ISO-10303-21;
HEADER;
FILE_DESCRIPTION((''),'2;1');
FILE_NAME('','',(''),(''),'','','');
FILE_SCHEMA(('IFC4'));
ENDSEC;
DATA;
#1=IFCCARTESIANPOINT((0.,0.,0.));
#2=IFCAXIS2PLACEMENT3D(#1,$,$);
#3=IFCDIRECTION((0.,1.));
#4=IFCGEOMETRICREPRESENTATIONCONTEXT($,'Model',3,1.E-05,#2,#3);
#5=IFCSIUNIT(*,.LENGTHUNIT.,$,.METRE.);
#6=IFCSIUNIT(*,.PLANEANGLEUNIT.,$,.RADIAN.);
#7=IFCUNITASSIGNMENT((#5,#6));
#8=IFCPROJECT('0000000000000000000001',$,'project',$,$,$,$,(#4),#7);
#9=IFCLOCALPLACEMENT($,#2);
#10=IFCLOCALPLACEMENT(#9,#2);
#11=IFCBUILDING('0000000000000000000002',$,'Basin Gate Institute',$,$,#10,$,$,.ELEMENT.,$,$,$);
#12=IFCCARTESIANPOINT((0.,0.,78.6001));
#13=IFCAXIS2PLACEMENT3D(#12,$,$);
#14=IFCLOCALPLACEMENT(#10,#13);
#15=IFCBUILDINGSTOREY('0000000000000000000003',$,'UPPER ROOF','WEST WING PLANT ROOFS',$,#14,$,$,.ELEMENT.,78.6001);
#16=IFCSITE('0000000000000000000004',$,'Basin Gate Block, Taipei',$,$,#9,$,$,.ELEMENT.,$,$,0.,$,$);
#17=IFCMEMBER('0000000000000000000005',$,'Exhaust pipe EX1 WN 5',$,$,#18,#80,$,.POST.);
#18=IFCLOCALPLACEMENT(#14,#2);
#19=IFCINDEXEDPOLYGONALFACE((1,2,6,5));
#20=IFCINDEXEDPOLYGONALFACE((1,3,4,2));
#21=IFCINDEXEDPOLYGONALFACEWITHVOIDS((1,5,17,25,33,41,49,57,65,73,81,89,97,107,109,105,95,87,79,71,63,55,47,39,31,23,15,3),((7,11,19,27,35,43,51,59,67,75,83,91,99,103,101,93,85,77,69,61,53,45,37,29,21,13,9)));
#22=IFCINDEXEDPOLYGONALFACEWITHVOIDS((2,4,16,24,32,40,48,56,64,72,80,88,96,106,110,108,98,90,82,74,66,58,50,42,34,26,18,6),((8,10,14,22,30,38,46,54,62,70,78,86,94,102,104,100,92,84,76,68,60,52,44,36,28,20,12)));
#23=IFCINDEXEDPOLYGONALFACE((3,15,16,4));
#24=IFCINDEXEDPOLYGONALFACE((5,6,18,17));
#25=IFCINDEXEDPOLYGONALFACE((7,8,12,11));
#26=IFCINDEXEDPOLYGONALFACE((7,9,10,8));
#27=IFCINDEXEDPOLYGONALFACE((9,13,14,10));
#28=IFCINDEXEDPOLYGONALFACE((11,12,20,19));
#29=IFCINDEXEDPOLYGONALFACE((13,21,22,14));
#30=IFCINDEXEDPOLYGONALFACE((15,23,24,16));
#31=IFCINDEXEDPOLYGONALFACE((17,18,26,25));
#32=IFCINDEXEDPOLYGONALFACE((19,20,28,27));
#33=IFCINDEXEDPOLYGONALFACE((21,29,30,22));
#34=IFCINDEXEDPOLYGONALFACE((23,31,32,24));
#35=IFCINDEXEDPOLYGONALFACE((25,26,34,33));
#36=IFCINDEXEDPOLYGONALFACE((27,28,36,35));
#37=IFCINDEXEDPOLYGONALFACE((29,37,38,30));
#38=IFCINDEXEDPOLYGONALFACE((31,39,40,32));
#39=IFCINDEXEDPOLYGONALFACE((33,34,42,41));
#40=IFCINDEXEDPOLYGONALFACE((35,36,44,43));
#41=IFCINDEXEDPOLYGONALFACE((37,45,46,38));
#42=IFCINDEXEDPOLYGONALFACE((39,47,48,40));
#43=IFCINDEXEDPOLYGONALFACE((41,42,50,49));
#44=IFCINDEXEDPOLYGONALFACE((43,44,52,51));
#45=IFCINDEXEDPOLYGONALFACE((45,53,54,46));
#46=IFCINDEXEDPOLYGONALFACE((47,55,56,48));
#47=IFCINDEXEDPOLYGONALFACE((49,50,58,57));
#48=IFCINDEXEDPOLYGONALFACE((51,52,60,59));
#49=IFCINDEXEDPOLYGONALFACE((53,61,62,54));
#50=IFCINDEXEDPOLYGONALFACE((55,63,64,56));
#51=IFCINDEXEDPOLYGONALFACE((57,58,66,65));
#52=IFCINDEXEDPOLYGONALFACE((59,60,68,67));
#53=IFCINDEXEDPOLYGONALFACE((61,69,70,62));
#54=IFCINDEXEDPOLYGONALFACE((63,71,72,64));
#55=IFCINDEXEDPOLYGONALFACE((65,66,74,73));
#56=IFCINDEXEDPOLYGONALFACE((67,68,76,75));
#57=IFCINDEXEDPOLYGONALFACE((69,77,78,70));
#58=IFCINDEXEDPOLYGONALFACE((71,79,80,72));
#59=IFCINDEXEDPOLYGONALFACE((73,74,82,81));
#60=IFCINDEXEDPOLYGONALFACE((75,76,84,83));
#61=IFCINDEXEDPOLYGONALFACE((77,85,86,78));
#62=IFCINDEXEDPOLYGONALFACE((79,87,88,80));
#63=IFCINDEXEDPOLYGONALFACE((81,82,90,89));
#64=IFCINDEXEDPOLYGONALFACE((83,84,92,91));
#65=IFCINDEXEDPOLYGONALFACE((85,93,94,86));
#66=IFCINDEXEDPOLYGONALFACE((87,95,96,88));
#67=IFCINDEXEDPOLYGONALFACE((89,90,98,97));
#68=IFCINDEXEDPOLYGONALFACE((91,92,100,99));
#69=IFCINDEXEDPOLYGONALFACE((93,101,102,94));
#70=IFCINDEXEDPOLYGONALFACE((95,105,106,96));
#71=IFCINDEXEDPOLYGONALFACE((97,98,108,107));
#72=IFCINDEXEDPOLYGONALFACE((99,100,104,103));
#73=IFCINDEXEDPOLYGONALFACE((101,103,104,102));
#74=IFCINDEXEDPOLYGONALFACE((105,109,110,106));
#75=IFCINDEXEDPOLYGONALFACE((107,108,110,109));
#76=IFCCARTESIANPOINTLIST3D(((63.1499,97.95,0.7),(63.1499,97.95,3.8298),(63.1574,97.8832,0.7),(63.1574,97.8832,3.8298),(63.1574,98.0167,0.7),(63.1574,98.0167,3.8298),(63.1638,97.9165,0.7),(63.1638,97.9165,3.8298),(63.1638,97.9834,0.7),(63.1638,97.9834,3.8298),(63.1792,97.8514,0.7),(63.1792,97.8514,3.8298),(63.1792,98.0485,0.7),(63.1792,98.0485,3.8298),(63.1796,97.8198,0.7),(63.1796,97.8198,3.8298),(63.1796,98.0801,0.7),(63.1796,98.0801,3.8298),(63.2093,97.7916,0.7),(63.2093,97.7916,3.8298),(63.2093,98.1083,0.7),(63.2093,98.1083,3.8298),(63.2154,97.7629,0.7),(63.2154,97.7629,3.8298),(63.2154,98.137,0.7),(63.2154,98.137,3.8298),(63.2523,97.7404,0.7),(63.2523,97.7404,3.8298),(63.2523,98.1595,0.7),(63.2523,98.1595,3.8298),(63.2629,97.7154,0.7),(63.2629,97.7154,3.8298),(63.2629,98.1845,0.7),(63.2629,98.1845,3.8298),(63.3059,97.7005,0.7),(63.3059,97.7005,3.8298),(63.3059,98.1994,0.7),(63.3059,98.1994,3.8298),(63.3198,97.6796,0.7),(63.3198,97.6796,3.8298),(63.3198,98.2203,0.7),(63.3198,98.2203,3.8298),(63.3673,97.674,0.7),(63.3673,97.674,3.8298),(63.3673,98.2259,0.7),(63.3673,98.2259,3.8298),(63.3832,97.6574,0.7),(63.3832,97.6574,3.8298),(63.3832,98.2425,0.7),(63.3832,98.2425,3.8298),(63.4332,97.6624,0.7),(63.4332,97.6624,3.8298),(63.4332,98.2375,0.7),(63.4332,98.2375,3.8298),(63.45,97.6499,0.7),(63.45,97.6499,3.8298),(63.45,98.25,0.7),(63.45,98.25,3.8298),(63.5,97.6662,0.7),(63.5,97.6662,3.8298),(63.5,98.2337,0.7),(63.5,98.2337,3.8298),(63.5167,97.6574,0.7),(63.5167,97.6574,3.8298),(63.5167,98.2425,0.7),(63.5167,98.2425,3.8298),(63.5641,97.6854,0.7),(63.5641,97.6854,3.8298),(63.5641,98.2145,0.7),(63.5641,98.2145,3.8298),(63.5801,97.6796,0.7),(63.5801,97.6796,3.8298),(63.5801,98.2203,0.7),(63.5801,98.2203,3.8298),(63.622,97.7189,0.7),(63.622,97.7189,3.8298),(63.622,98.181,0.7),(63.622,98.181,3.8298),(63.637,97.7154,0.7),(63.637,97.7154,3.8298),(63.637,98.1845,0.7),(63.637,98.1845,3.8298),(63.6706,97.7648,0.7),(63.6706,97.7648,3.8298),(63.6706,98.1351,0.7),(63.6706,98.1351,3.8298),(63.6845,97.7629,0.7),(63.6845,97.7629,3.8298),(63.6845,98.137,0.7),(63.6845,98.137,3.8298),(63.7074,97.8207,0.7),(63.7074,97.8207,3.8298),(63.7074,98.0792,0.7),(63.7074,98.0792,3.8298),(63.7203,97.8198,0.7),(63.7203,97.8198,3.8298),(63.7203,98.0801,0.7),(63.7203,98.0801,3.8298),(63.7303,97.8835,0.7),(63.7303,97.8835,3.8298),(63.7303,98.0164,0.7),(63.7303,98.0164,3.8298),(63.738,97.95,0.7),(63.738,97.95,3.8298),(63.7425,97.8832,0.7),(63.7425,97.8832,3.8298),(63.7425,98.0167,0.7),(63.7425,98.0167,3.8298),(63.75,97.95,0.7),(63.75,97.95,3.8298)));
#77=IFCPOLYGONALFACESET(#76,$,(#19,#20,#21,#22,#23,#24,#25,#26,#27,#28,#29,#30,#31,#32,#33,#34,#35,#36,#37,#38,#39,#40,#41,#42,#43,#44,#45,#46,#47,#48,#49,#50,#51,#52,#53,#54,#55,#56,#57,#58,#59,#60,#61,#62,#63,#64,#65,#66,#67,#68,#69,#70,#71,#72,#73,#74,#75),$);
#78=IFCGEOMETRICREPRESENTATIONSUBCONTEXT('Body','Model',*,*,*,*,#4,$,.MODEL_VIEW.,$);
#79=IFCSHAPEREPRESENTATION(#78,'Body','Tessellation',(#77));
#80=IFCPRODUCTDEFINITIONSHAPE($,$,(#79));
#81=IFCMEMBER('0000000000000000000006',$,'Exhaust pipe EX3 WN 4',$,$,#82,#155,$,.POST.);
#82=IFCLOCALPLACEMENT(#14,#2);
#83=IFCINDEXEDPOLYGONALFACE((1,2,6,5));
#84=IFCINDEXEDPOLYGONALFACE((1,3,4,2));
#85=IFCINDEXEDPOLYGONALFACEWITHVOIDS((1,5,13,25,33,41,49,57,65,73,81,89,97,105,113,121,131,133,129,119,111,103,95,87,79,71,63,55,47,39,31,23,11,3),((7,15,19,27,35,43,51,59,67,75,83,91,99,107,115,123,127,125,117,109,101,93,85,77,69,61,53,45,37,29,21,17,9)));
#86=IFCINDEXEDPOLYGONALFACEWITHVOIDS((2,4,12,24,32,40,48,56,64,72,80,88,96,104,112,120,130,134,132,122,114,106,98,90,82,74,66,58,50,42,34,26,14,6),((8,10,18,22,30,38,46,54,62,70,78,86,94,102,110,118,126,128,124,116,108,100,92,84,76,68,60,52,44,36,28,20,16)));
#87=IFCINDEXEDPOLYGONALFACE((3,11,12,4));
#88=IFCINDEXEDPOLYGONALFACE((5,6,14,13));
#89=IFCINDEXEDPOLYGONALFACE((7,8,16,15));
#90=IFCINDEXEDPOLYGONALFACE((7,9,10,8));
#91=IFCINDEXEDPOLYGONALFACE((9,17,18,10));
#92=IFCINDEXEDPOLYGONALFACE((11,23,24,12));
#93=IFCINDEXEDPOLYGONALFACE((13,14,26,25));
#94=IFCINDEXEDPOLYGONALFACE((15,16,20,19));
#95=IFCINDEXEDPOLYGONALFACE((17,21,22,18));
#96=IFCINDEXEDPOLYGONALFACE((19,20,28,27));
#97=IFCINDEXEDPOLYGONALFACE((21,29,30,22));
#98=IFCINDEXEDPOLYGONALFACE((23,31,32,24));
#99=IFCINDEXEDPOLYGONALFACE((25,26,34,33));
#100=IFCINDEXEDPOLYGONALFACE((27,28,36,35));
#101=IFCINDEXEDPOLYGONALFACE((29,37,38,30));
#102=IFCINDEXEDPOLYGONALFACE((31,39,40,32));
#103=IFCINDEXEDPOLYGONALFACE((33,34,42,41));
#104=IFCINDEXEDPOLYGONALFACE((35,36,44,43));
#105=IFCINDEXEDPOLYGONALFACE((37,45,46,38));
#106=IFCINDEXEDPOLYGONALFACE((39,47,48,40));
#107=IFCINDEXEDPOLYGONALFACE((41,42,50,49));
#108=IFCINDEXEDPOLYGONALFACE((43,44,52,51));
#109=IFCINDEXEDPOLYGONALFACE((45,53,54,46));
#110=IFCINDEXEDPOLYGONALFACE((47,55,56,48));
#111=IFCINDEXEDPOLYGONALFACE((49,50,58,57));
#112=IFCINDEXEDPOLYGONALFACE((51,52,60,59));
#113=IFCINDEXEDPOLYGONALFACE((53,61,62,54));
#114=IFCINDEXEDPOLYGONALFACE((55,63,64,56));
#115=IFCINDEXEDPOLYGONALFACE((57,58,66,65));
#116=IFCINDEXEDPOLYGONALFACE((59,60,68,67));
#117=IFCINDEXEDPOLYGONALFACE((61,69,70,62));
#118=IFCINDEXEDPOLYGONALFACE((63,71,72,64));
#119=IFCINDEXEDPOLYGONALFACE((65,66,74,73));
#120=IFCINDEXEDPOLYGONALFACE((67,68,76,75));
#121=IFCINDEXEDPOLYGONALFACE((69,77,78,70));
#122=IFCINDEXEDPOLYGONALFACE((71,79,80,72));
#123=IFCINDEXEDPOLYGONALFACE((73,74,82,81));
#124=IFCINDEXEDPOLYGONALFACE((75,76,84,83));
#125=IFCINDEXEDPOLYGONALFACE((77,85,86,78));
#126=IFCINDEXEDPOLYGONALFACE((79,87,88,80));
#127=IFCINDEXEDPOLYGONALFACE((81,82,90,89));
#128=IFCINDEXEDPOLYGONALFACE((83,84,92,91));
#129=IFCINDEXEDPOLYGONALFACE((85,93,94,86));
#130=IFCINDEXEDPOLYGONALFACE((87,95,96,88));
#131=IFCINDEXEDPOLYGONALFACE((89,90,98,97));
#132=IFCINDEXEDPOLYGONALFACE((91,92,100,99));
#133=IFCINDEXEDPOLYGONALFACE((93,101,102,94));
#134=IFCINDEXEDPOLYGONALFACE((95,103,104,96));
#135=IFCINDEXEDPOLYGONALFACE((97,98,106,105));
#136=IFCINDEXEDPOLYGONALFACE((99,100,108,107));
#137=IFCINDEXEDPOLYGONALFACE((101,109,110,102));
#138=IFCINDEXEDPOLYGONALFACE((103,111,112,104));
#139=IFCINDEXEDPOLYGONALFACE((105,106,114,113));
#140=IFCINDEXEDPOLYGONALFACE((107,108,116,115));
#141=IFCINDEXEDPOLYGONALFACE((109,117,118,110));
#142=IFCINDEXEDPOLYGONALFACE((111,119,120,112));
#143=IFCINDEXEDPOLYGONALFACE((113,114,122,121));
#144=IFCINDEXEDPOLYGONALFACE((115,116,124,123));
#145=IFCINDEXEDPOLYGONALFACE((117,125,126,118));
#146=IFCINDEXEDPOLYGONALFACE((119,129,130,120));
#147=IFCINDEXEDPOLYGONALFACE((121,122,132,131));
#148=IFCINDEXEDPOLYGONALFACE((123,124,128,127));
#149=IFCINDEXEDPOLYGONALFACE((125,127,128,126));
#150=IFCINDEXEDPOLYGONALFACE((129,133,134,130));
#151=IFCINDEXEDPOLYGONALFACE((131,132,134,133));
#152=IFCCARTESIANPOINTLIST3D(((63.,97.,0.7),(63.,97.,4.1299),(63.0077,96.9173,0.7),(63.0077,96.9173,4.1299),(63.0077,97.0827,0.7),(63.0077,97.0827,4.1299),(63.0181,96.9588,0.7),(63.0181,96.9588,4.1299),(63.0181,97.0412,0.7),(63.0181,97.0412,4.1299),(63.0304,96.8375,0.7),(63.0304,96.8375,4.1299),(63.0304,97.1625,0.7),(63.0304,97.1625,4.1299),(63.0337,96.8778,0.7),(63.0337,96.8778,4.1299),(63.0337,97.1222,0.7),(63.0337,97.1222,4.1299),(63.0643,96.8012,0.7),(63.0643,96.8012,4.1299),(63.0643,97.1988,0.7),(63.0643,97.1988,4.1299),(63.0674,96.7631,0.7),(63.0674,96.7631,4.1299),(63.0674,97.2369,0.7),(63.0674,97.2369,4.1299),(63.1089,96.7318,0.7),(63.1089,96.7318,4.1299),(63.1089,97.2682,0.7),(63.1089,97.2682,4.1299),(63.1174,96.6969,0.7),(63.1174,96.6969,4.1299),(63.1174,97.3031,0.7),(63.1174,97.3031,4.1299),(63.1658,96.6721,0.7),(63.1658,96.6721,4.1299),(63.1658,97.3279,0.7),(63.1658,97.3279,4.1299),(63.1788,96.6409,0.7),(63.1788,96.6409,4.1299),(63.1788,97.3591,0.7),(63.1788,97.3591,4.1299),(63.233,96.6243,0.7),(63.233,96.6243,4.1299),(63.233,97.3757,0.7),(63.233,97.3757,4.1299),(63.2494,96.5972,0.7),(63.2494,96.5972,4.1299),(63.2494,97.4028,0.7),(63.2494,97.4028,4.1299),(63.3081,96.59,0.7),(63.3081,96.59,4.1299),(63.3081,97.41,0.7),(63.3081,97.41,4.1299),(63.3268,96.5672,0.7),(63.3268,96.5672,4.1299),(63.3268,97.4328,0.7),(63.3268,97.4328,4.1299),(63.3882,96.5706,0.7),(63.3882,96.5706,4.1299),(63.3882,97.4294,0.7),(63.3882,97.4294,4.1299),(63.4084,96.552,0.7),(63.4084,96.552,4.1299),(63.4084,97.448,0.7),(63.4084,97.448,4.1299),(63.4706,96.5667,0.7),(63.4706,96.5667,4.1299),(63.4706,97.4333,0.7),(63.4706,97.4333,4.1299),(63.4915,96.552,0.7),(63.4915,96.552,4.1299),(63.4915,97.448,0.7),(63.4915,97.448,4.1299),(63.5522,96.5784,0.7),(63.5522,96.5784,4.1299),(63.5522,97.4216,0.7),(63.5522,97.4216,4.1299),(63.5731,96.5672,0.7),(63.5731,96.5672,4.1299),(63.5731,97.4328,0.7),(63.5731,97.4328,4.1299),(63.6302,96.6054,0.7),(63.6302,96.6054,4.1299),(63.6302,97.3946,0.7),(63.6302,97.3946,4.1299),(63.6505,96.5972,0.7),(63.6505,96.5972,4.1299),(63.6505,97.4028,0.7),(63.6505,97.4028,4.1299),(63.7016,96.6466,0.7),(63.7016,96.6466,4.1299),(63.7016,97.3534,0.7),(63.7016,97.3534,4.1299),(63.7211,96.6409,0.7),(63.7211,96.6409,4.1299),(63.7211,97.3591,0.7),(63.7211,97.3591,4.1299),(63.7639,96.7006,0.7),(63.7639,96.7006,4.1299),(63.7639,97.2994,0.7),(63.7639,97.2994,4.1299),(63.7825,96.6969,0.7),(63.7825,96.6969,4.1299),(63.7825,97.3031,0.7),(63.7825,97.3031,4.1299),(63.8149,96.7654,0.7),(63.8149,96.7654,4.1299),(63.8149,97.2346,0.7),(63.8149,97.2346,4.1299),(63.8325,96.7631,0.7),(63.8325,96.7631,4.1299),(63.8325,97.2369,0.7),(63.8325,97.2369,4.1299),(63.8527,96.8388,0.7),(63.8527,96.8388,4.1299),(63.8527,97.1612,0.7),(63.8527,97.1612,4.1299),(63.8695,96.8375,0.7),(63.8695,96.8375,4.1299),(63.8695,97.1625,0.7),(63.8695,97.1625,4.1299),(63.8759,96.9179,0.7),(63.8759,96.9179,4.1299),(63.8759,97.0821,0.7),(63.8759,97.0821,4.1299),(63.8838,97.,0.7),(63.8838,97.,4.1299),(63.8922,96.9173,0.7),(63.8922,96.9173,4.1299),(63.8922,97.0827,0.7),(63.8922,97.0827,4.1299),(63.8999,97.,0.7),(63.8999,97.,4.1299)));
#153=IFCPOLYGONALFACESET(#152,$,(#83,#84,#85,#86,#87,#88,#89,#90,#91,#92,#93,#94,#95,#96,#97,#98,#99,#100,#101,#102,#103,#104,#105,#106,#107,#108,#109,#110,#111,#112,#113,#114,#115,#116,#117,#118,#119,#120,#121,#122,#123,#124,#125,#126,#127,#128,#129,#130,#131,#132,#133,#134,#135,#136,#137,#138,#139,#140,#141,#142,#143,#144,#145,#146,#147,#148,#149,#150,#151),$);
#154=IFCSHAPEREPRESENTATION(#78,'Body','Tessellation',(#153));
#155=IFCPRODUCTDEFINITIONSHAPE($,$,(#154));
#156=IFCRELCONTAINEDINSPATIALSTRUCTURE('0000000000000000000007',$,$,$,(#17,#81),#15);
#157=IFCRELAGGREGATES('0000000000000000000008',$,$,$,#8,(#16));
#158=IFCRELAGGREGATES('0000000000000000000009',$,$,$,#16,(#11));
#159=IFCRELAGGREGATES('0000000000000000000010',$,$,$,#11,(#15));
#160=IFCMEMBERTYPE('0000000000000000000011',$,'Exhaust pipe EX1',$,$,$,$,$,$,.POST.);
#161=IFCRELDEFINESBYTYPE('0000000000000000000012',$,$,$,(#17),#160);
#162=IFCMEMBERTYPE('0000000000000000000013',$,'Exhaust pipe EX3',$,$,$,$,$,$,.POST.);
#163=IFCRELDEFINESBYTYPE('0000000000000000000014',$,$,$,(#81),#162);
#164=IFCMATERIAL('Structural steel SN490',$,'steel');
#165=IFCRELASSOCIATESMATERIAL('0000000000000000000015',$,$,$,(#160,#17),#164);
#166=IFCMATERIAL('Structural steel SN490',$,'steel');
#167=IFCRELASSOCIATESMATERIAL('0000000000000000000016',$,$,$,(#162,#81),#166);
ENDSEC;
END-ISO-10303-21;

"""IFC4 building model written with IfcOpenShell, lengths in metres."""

from ifc_helpers import new_model, si_unit, direction, frame, origin, origin_2d, place, context, subcontext, project, spatial, hollow_circle, extrude, material, material_profile, profile_set, type_object, element, save


model = new_model("IFC4")

# Units and contexts
model_context = context("Model", 3, precision=1e-05, world=origin(), true_north=direction((0.0, 1.0)))
body_context = subcontext(model_context, "Body", "Model", "MODEL_VIEW")
ifc_project = project(units=[si_unit("LENGTHUNIT", "METRE"), si_unit("PLANEANGLEUNIT", "RADIAN")], contexts=[model_context])

# Site, building, storey
site_placement = place(None, origin())
site = spatial("IfcSite", under=ifc_project, at=site_placement, Name="Basin Gate Block, Taipei", CompositionType="ELEMENT", RefElevation=0.0)
building_placement = place(site_placement, origin())
building = spatial("IfcBuilding", under=site, at=building_placement, Name="Basin Gate Institute", CompositionType="ELEMENT")
storey_placement = place(building_placement, frame((0.0, 0.0, 78.6001)))
storey = spatial("IfcBuildingStorey", under=building, at=storey_placement, Name="UPPER ROOF", Description="WEST WING PLANT ROOFS", CompositionType="ELEMENT", Elevation=78.6001)

# Members
ifc_material_1 = material(Name="Structural steel SN490", Category="steel")
ifc_material_profile_1 = material_profile(ifc_material_1, hollow_circle(Radius=0.3, WallThickness=0.012, at=origin_2d()), Name="CHS600x12")
ifc_profile_set_1 = profile_set([ifc_material_profile_1], Name="Structural steel SN490")
member_type_1 = type_object("IfcMemberType", Name="Exhaust pipe EX1", PredefinedType="POST", material=ifc_profile_set_1)
member_1_placement = place(storey_placement, frame((63.45, 97.95, 0.7), z_axis=(0.0, 0.0, 1.0), x_axis=(1.0, 0.0, 0.0)))
element("IfcMember", 1, at=member_1_placement, inside=storey, type_object=member_type_1, material=ifc_profile_set_1, Name="Exhaust pipe EX1 WN 5", PredefinedType="POST", context=body_context, shape_type="SweptSolid", body=[
    extrude(hollow_circle(Radius=0.3, WallThickness=0.012, at=origin_2d()), origin(), (0.0, 0.0, 1.0), 3.1299),
])
ifc_material_2 = material(Name="Structural steel SN490", Category="steel")
ifc_material_profile_2 = material_profile(ifc_material_2, hollow_circle(Radius=0.45, WallThickness=0.0161, at=origin_2d()), Name="CHS900x16")
ifc_profile_set_2 = profile_set([ifc_material_profile_2], Name="Structural steel SN490")
member_type_2 = type_object("IfcMemberType", Name="Exhaust pipe EX3", PredefinedType="POST", material=ifc_profile_set_2)
member_2_placement = place(storey_placement, frame((63.45, 97.0, 0.7), z_axis=(0.0, 0.0, 1.0), x_axis=(1.0, 0.0, 0.0)))
element("IfcMember", 2, at=member_2_placement, inside=storey, type_object=member_type_2, material=ifc_profile_set_2, Name="Exhaust pipe EX3 WN 4", PredefinedType="POST", context=body_context, shape_type="SweptSolid", body=[
    extrude(hollow_circle(Radius=0.45, WallThickness=0.0161, at=origin_2d()), origin(), (0.0, 0.0, 1.0), 3.4299),
])

save(model, "model.ifc")
